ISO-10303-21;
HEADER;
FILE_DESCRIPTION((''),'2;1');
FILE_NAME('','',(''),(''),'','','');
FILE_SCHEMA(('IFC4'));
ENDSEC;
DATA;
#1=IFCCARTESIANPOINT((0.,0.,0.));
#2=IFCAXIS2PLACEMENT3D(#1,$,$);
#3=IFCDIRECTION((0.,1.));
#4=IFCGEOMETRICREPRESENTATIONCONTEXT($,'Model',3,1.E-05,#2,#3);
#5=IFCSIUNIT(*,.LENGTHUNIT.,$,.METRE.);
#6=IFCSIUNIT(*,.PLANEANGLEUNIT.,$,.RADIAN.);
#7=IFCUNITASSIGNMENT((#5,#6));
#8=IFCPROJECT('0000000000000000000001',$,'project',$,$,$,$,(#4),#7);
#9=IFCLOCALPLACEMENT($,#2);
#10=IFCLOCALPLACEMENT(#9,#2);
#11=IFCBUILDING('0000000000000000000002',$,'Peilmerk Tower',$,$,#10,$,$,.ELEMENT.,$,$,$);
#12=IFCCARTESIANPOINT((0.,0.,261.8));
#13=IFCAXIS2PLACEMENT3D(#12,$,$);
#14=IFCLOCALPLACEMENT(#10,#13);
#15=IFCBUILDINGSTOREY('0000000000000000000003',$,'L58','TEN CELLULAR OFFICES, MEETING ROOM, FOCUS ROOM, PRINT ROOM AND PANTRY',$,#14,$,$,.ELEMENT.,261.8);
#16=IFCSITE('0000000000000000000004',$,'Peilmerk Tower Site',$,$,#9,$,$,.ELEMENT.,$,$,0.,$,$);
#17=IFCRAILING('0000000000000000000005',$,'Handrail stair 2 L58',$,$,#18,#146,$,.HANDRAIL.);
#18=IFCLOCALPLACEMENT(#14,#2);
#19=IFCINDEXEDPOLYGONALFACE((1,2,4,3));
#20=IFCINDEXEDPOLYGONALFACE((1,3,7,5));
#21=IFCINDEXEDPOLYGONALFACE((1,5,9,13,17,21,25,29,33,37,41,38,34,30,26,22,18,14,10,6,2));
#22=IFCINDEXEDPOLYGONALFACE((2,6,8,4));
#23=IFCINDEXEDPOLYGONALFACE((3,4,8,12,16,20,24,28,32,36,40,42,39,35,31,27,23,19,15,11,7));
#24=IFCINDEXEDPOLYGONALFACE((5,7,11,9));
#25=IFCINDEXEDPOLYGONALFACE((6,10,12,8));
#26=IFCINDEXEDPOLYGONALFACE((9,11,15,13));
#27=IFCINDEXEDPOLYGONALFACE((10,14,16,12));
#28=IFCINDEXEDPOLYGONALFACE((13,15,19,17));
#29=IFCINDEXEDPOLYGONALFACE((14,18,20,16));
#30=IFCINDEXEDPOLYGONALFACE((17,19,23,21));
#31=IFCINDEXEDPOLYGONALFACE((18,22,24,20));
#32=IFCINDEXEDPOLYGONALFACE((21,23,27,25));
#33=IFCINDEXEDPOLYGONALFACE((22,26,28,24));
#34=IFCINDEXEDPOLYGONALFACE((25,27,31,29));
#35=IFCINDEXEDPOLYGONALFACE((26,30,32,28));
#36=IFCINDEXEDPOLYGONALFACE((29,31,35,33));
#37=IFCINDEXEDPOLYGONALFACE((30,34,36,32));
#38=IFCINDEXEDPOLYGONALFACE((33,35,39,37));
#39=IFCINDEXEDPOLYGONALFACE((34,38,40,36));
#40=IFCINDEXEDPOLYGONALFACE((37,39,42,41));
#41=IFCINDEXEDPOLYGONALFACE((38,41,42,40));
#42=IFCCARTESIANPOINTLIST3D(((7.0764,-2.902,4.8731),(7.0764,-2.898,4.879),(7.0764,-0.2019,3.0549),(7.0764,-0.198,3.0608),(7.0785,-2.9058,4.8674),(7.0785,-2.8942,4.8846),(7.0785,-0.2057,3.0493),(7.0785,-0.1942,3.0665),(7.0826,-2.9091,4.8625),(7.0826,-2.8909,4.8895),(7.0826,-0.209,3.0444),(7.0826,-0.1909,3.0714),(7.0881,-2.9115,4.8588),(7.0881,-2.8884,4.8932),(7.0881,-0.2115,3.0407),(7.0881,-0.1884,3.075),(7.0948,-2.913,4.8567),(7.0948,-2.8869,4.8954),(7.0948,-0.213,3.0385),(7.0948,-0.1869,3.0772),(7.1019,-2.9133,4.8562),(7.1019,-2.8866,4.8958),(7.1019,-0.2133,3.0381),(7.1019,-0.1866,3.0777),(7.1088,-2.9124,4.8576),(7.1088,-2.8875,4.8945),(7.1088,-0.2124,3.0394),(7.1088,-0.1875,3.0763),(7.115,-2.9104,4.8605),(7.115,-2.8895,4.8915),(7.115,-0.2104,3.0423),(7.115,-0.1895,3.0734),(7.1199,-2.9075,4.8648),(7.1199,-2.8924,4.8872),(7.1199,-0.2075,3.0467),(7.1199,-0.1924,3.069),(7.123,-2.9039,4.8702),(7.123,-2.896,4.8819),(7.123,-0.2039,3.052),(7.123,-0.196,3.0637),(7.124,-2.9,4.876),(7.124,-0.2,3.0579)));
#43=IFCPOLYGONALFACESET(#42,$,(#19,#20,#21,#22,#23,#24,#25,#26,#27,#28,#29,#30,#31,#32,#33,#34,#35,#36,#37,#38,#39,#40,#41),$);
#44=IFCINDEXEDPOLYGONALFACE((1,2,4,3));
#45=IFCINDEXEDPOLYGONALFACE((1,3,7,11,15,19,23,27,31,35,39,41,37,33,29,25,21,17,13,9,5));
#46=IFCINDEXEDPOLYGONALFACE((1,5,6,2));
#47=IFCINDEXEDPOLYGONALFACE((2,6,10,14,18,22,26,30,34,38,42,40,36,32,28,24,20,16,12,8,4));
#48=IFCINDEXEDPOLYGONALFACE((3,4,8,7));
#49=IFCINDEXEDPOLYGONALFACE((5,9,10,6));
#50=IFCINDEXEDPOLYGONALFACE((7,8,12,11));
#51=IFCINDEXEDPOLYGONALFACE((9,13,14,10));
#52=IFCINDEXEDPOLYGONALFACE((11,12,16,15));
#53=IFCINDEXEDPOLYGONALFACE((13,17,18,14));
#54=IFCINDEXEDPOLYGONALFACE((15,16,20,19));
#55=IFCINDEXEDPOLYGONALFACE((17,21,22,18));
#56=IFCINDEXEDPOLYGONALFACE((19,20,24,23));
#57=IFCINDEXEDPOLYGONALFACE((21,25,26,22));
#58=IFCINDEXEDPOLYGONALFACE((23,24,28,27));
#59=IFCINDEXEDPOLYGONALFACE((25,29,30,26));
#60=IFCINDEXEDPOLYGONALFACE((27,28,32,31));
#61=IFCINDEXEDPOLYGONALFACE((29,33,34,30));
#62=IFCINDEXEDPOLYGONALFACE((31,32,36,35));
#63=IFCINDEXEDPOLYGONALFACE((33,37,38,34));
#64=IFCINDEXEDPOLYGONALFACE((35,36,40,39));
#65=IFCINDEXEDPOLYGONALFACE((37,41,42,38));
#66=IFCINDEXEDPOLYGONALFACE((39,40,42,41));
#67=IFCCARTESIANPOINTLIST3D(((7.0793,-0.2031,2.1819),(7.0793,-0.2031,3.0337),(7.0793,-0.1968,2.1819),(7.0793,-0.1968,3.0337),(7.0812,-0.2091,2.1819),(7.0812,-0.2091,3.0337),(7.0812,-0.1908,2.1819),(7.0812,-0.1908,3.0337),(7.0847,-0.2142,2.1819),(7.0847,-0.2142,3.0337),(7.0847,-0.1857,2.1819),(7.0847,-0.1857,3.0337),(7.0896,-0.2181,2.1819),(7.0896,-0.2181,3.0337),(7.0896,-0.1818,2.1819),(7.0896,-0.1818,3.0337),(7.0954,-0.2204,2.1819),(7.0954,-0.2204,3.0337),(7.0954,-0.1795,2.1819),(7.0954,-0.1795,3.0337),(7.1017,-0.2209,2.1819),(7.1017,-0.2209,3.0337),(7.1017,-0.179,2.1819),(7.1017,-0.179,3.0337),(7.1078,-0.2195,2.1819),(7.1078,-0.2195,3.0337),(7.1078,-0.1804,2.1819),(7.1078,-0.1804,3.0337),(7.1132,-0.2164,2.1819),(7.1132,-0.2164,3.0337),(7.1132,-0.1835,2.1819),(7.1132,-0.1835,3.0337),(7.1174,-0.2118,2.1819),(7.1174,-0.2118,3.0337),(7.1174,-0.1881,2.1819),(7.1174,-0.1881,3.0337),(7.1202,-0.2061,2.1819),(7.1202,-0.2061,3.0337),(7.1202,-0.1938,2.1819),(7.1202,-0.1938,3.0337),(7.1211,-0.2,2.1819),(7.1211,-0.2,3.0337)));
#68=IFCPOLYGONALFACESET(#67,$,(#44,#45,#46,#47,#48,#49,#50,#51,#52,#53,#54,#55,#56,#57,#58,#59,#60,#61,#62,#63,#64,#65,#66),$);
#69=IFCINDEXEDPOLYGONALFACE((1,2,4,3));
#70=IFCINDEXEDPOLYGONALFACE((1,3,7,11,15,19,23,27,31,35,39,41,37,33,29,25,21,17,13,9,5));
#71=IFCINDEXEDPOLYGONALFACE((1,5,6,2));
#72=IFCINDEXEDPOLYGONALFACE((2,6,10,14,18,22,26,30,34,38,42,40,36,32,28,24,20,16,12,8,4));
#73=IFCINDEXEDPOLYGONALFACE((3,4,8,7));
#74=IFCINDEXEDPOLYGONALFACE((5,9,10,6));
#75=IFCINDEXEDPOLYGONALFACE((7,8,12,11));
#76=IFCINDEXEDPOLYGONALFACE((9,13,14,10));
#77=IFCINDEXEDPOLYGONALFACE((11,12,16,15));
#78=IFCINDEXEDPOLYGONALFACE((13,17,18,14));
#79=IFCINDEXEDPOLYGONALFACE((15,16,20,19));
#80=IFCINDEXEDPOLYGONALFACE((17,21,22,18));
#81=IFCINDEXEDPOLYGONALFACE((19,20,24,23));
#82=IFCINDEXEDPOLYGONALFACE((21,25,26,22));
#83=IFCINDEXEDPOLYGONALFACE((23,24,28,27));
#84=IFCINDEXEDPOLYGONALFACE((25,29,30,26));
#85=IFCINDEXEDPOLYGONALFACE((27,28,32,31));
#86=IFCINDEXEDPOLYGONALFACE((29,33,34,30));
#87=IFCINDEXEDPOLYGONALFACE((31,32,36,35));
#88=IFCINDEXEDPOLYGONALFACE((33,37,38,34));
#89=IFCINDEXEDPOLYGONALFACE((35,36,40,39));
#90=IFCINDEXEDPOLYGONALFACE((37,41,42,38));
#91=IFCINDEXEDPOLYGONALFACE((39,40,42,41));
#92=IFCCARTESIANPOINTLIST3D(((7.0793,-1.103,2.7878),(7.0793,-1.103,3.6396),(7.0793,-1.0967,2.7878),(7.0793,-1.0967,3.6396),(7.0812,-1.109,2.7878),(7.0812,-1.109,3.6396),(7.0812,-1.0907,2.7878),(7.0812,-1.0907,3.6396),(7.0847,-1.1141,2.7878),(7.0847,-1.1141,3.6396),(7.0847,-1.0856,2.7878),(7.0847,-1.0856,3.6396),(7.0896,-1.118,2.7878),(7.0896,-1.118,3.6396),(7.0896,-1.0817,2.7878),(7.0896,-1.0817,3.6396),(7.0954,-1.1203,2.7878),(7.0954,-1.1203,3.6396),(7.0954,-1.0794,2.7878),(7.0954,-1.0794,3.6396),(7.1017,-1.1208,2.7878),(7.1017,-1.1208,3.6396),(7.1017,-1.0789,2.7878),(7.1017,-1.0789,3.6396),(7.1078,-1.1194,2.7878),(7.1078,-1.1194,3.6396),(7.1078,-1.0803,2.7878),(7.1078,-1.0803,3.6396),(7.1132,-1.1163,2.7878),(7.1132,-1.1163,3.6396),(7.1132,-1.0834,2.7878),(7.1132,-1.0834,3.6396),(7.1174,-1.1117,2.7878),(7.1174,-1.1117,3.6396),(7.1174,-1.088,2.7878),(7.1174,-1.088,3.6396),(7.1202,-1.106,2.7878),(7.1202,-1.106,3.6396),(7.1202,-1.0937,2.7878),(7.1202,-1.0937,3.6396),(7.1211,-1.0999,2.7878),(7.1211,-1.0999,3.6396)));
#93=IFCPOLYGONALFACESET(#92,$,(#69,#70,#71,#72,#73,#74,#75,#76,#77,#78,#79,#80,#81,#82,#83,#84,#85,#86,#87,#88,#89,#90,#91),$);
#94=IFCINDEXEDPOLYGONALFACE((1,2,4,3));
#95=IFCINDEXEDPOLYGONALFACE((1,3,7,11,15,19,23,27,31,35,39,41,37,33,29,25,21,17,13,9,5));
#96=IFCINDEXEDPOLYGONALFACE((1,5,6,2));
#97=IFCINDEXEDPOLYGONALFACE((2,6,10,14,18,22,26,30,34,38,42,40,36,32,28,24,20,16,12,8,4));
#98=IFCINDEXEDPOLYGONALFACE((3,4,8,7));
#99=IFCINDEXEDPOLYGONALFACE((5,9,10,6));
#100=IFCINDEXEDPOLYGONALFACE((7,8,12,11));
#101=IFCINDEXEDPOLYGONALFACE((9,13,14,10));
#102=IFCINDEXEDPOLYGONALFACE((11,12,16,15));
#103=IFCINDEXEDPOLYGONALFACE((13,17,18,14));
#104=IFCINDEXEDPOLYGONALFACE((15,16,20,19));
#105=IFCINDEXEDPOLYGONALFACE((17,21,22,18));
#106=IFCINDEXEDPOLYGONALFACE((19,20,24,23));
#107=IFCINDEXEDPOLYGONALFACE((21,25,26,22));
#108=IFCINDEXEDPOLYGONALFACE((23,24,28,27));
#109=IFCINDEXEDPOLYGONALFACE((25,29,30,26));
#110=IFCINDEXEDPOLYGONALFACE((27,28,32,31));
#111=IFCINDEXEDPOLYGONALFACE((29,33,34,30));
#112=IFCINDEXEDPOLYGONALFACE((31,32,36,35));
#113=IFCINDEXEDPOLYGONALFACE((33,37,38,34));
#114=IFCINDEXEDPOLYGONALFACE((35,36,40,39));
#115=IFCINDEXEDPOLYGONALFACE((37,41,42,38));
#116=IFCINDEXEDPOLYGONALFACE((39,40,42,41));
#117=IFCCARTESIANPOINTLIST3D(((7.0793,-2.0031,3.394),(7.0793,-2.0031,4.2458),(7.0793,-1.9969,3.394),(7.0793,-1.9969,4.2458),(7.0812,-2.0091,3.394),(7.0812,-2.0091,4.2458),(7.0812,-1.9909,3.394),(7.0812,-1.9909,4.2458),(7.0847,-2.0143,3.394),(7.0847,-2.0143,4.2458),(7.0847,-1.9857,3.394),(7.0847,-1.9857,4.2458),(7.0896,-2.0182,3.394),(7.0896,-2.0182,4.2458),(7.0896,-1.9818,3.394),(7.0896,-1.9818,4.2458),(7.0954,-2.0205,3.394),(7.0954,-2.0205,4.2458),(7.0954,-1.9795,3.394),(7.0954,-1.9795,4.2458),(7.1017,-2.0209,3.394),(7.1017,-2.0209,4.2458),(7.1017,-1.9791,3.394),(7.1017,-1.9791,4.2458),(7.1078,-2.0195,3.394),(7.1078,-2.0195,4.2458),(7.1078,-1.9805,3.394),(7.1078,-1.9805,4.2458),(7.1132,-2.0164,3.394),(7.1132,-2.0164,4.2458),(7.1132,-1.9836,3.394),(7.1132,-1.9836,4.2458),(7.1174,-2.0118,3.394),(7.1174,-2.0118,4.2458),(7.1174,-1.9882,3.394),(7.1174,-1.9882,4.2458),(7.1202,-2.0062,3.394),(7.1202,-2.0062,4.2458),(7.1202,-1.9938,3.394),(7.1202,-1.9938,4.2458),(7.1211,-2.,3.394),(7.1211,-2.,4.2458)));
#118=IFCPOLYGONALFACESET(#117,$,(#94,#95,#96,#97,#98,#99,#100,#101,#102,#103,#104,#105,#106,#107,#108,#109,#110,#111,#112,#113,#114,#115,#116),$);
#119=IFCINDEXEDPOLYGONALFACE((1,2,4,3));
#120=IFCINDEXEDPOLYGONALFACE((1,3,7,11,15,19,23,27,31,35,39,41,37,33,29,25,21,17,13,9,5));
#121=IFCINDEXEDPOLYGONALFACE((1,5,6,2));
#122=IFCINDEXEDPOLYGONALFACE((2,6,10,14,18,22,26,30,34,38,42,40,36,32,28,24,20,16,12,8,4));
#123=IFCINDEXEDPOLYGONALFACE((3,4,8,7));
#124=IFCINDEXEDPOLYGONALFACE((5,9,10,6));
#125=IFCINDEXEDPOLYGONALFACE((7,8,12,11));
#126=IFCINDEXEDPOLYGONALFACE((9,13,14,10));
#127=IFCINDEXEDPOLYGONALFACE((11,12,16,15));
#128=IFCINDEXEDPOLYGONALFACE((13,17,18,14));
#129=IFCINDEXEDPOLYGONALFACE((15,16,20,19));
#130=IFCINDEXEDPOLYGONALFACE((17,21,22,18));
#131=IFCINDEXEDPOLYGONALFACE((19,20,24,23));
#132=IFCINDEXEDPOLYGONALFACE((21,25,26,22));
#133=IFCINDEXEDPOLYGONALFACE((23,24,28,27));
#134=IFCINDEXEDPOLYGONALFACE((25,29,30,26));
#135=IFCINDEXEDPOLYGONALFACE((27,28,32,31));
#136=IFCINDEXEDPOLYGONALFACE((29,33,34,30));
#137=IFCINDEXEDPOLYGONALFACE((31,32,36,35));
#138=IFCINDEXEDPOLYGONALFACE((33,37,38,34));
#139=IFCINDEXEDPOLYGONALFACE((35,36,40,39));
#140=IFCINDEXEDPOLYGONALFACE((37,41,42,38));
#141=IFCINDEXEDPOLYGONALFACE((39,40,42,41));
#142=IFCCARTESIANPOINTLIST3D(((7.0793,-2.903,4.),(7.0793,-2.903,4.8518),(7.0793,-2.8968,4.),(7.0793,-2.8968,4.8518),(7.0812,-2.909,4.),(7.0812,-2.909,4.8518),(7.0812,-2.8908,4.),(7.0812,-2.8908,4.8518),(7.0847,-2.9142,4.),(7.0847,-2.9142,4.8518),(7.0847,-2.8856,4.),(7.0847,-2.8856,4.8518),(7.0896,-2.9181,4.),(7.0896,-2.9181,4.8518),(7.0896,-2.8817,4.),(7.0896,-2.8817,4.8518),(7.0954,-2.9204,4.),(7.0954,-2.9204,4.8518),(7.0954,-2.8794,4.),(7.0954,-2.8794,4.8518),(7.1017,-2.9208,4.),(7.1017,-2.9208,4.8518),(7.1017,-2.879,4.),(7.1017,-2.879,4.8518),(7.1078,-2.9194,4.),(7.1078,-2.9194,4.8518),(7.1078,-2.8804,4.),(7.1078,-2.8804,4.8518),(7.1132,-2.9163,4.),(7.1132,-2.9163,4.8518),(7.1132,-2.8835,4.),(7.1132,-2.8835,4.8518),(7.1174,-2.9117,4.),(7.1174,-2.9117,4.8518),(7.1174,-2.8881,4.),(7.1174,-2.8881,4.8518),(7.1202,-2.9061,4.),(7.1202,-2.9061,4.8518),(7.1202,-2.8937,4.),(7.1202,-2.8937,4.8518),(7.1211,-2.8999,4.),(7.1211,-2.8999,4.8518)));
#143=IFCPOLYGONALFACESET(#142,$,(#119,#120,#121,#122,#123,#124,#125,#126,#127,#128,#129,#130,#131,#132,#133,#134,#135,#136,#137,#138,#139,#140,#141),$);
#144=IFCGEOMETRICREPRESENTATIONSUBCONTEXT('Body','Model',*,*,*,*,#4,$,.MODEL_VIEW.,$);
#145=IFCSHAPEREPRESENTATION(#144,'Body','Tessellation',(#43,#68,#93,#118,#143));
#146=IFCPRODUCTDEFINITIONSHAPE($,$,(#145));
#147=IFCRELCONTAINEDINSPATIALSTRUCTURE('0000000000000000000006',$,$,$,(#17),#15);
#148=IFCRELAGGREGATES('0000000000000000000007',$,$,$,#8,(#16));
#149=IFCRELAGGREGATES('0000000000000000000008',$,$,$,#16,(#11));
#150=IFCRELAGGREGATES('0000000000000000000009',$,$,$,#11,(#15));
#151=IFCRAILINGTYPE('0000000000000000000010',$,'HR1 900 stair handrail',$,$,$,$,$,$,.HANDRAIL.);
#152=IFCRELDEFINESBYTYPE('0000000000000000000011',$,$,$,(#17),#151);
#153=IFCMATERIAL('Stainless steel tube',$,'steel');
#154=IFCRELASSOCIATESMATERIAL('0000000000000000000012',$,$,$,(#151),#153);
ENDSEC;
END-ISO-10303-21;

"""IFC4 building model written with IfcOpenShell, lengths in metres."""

from ifc_helpers import new_model, si_unit, direction, frame, origin, origin_2d, place, context, subcontext, project, spatial, circle, extrude, material, type_object, element, save


model = new_model("IFC4")

# Units and contexts
model_context = context("Model", 3, precision=1e-05, world=origin(), true_north=direction((0.0, 1.0)))
body_context = subcontext(model_context, "Body", "Model", "MODEL_VIEW")
ifc_project = project(units=[si_unit("LENGTHUNIT", "METRE"), si_unit("PLANEANGLEUNIT", "RADIAN")], contexts=[model_context])

# Site, building, storey
site_placement = place(None, origin())
site = spatial("IfcSite", under=ifc_project, at=site_placement, Name="Peilmerk Tower Site", CompositionType="ELEMENT", RefElevation=0.0)
building_placement = place(site_placement, origin())
building = spatial("IfcBuilding", under=site, at=building_placement, Name="Peilmerk Tower", CompositionType="ELEMENT")
storey_placement = place(building_placement, frame((0.0, 0.0, 261.8)))
storey = spatial("IfcBuildingStorey", under=building, at=storey_placement, Name="L58", Description="TEN CELLULAR OFFICES, MEETING ROOM, FOCUS ROOM, PRINT ROOM AND PANTRY", CompositionType="ELEMENT", Elevation=261.8)

# Railing
ifc_material_1 = material(Name="Stainless steel tube", Category="steel")
railing_type_1 = type_object("IfcRailingType", Name="HR1 900 stair handrail", PredefinedType="HANDRAIL", material=ifc_material_1)
railing_1_placement = place(storey_placement, frame((7.1001, -0.2, 2.1819)))
element("IfcRailing", 1, at=railing_1_placement, inside=storey, type_object=railing_type_1, Name="Handrail stair 2 L58", PredefinedType="HANDRAIL", context=body_context, shape_type="SweptSolid", body=[
    extrude(circle(Radius=0.0239, at=origin_2d()), frame((0.0, 0.0, 0.876), z_axis=(0.0, -0.829468, 0.558554), x_axis=(1.0, 0.0, 0.0)), (0.0, 0.0, 1.0), 3.2551),
    extrude(circle(Radius=0.021, at=origin_2d()), origin(), (0.0, 0.0, 1.0), 0.8518),
    extrude(circle(Radius=0.021, at=origin_2d()), frame((0.0, -0.8999, 0.606)), (0.0, 0.0, 1.0), 0.8518),
    extrude(circle(Radius=0.021, at=origin_2d()), frame((0.0, -1.8, 1.2122)), (0.0, 0.0, 1.0), 0.8518),
    extrude(circle(Radius=0.021, at=origin_2d()), frame((0.0, -2.7, 1.8181)), (0.0, 0.0, 1.0), 0.8518),
])

save(model, "model.ifc")
